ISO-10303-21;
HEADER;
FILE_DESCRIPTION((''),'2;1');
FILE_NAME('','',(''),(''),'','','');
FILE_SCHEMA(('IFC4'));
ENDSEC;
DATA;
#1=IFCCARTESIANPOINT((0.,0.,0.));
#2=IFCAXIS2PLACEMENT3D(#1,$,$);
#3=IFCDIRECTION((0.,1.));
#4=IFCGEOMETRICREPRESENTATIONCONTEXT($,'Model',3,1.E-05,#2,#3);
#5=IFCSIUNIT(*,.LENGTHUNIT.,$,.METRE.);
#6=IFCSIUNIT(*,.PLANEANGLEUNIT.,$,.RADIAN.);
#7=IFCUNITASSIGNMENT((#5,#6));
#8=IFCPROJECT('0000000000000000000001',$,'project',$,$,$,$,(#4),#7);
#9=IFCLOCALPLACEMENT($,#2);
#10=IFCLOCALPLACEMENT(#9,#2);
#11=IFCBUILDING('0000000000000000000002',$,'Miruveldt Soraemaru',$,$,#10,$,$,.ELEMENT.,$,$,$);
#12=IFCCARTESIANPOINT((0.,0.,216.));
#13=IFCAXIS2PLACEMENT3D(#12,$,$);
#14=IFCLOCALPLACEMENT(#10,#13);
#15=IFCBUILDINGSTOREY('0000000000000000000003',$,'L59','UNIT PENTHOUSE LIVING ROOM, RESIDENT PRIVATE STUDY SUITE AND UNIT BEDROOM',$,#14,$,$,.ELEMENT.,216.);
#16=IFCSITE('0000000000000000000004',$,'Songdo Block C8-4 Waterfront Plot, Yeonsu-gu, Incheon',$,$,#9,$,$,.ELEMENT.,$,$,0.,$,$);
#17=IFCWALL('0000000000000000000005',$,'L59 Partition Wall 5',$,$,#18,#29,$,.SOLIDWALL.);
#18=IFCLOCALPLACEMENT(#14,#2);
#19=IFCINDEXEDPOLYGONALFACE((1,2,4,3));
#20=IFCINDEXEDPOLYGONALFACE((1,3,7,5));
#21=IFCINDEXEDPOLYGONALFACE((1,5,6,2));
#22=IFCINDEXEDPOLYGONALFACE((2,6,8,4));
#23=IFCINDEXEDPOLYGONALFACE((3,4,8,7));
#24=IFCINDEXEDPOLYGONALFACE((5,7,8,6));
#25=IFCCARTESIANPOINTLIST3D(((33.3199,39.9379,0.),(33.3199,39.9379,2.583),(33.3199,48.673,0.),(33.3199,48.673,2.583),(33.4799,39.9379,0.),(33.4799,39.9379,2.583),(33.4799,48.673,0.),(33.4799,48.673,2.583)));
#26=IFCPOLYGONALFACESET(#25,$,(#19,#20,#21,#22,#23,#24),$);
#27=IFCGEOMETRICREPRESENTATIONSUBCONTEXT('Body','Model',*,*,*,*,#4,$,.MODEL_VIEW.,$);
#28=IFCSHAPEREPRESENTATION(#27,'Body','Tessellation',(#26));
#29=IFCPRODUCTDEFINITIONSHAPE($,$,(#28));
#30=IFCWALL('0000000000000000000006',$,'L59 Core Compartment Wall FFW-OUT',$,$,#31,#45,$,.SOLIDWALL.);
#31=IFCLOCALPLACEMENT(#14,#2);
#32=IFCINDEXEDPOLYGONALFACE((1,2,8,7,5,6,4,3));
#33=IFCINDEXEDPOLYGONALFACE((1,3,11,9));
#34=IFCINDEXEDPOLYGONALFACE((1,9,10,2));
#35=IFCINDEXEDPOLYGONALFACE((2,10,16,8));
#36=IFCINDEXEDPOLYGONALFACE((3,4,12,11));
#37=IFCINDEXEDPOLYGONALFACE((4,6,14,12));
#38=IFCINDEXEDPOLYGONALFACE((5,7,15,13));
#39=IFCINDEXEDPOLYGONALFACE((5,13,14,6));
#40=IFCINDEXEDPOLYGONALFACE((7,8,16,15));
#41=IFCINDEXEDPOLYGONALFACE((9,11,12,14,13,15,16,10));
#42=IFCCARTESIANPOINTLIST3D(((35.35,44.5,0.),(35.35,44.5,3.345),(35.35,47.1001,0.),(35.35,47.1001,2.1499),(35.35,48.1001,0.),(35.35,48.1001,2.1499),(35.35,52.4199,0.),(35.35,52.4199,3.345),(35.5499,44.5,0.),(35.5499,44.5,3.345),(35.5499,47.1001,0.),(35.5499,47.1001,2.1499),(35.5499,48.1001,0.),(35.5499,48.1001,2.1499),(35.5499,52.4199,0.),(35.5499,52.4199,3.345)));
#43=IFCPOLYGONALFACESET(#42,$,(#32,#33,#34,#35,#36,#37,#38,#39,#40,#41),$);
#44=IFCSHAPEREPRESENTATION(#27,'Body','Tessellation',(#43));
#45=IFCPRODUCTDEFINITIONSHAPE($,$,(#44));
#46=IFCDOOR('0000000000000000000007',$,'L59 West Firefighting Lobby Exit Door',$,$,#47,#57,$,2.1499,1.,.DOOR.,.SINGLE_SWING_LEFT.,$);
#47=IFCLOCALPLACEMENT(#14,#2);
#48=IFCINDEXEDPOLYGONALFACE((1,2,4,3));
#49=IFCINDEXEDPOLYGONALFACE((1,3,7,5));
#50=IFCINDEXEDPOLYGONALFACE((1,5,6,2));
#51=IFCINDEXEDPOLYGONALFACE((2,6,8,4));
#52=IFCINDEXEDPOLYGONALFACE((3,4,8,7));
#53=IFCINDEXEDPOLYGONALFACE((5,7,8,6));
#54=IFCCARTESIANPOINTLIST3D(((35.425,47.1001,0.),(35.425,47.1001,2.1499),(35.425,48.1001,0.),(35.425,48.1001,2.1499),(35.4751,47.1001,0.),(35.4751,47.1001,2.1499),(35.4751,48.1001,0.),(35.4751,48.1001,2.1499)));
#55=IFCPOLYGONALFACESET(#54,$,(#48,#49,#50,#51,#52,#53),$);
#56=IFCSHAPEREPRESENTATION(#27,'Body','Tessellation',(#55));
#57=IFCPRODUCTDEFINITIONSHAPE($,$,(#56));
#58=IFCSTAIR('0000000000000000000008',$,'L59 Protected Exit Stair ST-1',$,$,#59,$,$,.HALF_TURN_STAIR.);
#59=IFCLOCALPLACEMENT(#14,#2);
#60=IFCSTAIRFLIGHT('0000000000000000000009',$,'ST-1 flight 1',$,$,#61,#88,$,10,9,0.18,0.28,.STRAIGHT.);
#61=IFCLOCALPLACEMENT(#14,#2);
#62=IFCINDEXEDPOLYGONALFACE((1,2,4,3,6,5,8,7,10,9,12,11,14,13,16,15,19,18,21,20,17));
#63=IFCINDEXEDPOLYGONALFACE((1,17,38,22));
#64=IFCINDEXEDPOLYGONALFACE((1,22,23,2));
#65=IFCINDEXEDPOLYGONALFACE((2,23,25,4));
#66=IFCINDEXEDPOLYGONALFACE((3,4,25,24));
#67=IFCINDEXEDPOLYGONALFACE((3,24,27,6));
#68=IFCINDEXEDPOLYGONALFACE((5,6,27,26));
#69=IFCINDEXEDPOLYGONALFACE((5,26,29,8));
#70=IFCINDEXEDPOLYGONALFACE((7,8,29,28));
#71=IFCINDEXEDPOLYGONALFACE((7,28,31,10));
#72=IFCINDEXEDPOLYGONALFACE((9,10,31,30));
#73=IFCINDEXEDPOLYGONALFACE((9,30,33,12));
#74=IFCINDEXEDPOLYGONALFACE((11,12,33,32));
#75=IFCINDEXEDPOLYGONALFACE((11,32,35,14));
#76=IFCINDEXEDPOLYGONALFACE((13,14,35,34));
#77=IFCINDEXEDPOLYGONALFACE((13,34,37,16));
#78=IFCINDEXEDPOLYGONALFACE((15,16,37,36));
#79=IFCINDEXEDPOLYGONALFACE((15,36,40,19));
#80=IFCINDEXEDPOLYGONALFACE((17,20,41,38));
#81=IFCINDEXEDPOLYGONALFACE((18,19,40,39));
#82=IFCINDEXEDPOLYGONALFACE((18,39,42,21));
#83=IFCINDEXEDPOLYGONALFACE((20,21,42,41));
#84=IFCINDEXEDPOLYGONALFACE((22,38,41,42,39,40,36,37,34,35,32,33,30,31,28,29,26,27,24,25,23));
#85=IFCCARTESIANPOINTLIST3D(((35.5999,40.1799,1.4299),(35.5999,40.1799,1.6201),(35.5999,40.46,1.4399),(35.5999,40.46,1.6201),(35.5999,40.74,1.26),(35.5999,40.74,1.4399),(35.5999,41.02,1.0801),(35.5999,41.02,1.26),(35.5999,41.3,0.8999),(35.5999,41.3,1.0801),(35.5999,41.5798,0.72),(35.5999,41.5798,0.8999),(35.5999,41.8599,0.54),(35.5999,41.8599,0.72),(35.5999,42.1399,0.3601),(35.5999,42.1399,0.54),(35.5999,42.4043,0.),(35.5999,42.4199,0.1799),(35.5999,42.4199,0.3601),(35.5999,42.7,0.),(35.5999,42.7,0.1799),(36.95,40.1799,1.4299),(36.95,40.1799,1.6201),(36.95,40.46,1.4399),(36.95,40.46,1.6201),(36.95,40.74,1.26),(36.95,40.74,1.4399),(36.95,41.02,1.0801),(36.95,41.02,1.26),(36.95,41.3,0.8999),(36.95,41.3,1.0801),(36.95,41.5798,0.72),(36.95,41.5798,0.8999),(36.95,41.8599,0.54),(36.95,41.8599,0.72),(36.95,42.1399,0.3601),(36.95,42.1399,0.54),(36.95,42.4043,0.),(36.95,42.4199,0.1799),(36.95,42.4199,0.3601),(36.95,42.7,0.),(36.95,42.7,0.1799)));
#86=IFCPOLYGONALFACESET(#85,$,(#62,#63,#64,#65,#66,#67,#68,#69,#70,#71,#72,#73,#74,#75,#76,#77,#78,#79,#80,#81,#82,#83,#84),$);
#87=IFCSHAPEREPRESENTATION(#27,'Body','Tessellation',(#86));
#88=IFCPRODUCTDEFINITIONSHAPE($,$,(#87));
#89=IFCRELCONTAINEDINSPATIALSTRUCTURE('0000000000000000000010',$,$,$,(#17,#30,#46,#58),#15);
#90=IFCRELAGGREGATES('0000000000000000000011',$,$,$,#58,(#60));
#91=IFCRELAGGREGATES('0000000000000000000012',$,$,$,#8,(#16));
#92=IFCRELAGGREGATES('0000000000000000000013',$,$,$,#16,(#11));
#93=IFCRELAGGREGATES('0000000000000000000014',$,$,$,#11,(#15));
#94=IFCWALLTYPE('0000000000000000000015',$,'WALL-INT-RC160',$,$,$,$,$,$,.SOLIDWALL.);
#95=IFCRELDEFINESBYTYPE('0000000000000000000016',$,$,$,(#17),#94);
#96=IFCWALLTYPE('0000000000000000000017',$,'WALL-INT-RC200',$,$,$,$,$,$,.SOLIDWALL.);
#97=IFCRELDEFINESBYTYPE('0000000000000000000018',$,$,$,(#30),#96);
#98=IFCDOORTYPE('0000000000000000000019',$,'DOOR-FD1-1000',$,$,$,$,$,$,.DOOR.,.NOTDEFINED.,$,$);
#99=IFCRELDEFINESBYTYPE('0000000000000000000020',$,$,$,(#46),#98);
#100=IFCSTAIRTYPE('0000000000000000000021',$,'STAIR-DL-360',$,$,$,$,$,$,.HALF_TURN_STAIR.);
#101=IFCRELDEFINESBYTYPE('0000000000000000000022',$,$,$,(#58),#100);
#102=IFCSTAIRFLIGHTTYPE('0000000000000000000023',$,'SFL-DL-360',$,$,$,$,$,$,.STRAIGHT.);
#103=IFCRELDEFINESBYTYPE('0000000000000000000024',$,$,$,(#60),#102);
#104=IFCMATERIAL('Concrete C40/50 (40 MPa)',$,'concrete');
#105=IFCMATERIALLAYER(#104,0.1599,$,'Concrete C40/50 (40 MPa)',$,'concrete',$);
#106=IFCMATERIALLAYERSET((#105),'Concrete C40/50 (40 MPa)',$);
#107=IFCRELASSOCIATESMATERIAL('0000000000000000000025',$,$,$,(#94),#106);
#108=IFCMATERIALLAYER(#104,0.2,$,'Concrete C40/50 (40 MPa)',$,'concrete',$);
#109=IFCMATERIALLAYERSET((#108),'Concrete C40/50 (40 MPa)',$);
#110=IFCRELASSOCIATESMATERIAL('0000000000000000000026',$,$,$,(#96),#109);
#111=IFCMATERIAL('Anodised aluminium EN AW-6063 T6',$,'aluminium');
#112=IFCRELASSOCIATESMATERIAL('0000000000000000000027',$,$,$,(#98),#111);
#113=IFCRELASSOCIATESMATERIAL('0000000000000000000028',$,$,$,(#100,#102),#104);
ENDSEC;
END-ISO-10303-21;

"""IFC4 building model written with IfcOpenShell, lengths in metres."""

from ifc_helpers import new_model, si_unit, direction, frame, frame_2d, origin, place, context, subcontext, project, spatial, polyline, rectangle, outline, extrude, material, layer, layer_set, type_object, element, fill, aggregate, save


model = new_model("IFC4")

# Units and contexts
model_context = context("Model", 3, precision=1e-05, world=origin(), true_north=direction((0.0, 1.0)))
body_context = subcontext(model_context, "Body", "Model", "MODEL_VIEW")
ifc_project = project(units=[si_unit("LENGTHUNIT", "METRE"), si_unit("PLANEANGLEUNIT", "RADIAN")], contexts=[model_context])

# Site, building, storey
site_placement = place(None, origin())
site = spatial("IfcSite", under=ifc_project, at=site_placement, Name="Songdo Block C8-4 Waterfront Plot, Yeonsu-gu, Incheon", CompositionType="ELEMENT", RefElevation=0.0)
building_placement = place(site_placement, origin())
building = spatial("IfcBuilding", under=site, at=building_placement, Name="Miruveldt Soraemaru", CompositionType="ELEMENT")
storey_placement = place(building_placement, frame((0.0, 0.0, 216.0)))
storey = spatial("IfcBuildingStorey", under=building, at=storey_placement, Name="L59", Description="UNIT PENTHOUSE LIVING ROOM, RESIDENT PRIVATE STUDY SUITE AND UNIT BEDROOM", CompositionType="ELEMENT", Elevation=216.0)

# Shared definitions
ifc_material_1 = material(Name="Concrete C40/50 (40 MPa)", Category="concrete")

# Wall
ifc_layer_1 = layer(ifc_material_1, 0.1599, Name="Concrete C40/50 (40 MPa)", Category="concrete")
ifc_layer_set_1 = layer_set([ifc_layer_1], Name="Concrete C40/50 (40 MPa)")
wall_type_1 = type_object("IfcWallType", Name="WALL-INT-RC160", PredefinedType="SOLIDWALL", material=ifc_layer_set_1)
wall_1_placement = place(storey_placement, frame((33.3999, 48.6731, 0.0), z_axis=(0.0, 0.0, 1.0), x_axis=(0.0, -1.0, 0.0)))
element("IfcWall", 1, at=wall_1_placement, inside=storey, type_object=wall_type_1, Name="L59 Partition Wall 5", PredefinedType="SOLIDWALL", context=body_context, shape_type="SweptSolid", body=[
    extrude(rectangle(XDim=8.7351, YDim=0.1599, at=frame_2d((4.3677, 0.0))), origin(), (0.0, 0.0, 1.0), 2.583),
])

# Wall, opening, door
ifc_layer_2 = layer(ifc_material_1, 0.2, Name="Concrete C40/50 (40 MPa)", Category="concrete")
ifc_layer_set_2 = layer_set([ifc_layer_2], Name="Concrete C40/50 (40 MPa)")
wall_type_2 = type_object("IfcWallType", Name="WALL-INT-RC200", PredefinedType="SOLIDWALL", material=ifc_layer_set_2)
wall_2_placement = place(storey_placement, frame((35.45, 44.5, 0.0), z_axis=(0.0, 0.0, 1.0), x_axis=(0.0, 1.0, 0.0)))
wall_2 = element("IfcWall", 2, at=wall_2_placement, inside=storey, type_object=wall_type_2, Name="L59 Core Compartment Wall FFW-OUT", PredefinedType="SOLIDWALL", context=body_context, shape_type="SweptSolid", body=[
    extrude(rectangle(XDim=7.9199, YDim=0.2, at=frame_2d((3.96, 0.0))), origin(), (0.0, 0.0, 1.0), 3.345),
])
opening_1_placement = place(wall_2_placement, frame((2.6001, 0.0, 0.0)))
opening_1 = element("IfcOpeningElement", 3, at=opening_1_placement, cuts=wall_2, PredefinedType="OPENING", context=body_context, shape_type="SweptSolid", body=[
    extrude(rectangle(XDim=1.0, YDim=2.1499, at=frame_2d((0.5, 1.075))), frame((0.0, 0.1099, 0.0), z_axis=(0.0, -1.0, 0.0), x_axis=(1.0, 0.0, 0.0)), (0.0, 0.0, 1.0), 0.22),
])
ifc_material_2 = material(Name="Anodised aluminium EN AW-6063 T6", Category="aluminium")
door_type_1 = type_object("IfcDoorType", Name="DOOR-FD1-1000", OperationType="NOTDEFINED", PredefinedType="DOOR", material=ifc_material_2)
door_1_placement = place(opening_1_placement, origin())
door_1 = element("IfcDoor", 4, at=door_1_placement, inside=storey, type_object=door_type_1, Name="L59 West Firefighting Lobby Exit Door", OperationType="SINGLE_SWING_LEFT", OverallHeight=2.1499, OverallWidth=1.0, PredefinedType="DOOR", context=body_context, shape_type="SweptSolid", body=[
    extrude(rectangle(XDim=1.0, YDim=2.1499, at=frame_2d((0.5, 1.075))), frame((0.0, 0.0249, 0.0), z_axis=(0.0, -1.0, 0.0), x_axis=(1.0, 0.0, 0.0)), (0.0, 0.0, 1.0), 0.05),
])
fill(opening_1, door_1)

# Stair, stair flight
stair_type = type_object("IfcStairType", Name="STAIR-DL-360", PredefinedType="HALF_TURN_STAIR", material=ifc_material_1)
stair_placement = place(storey_placement, origin())
stair = element("IfcStair", 5, at=stair_placement, inside=storey, type_object=stair_type, Name="L59 Protected Exit Stair ST-1", PredefinedType="HALF_TURN_STAIR")
stair_flight_type = type_object("IfcStairFlightType", Name="SFL-DL-360", PredefinedType="STRAIGHT", material=ifc_material_1)
stair_flight_placement = place(storey_placement, frame((36.2749, 42.7, 0.0), z_axis=(0.0, 0.0, 1.0), x_axis=(0.0, -1.0, 0.0)))
stair_flight = element("IfcStairFlight", 6, at=stair_flight_placement, type_object=stair_flight_type, Name="ST-1 flight 1", NumberOfRisers=10, NumberOfTreads=9, PredefinedType="STRAIGHT", RiserHeight=0.18, TreadLength=0.28, context=body_context, shape_type="SweptSolid", body=[
    extrude(outline(polyline([(0.0, 0.0), (0.0, 0.1799), (0.28, 0.1799), (0.28, 0.3601), (0.5601, 0.3601), (0.5601, 0.54), (0.8401, 0.54), (0.8401, 0.72), (1.1201, 0.72), (1.1201, 0.8999), (1.3999, 0.8999), (1.3999, 1.0801), (1.6799, 1.0801), (1.6799, 1.26), (1.96, 1.26), (1.96, 1.4399), (2.24, 1.4399), (2.24, 1.6201), (2.52, 1.6201), (2.52, 1.8), (2.52, 1.4299), (0.2957, 0.0), (0.0, 0.0)])), frame((0.0, 0.675, 0.0), z_axis=(0.0, -1.0, 0.0), x_axis=(1.0, 0.0, 0.0)), (0.0, 0.0, 1.0), 1.3501),
])
aggregate(stair, [stair_flight])

save(model, "model.ifc")
